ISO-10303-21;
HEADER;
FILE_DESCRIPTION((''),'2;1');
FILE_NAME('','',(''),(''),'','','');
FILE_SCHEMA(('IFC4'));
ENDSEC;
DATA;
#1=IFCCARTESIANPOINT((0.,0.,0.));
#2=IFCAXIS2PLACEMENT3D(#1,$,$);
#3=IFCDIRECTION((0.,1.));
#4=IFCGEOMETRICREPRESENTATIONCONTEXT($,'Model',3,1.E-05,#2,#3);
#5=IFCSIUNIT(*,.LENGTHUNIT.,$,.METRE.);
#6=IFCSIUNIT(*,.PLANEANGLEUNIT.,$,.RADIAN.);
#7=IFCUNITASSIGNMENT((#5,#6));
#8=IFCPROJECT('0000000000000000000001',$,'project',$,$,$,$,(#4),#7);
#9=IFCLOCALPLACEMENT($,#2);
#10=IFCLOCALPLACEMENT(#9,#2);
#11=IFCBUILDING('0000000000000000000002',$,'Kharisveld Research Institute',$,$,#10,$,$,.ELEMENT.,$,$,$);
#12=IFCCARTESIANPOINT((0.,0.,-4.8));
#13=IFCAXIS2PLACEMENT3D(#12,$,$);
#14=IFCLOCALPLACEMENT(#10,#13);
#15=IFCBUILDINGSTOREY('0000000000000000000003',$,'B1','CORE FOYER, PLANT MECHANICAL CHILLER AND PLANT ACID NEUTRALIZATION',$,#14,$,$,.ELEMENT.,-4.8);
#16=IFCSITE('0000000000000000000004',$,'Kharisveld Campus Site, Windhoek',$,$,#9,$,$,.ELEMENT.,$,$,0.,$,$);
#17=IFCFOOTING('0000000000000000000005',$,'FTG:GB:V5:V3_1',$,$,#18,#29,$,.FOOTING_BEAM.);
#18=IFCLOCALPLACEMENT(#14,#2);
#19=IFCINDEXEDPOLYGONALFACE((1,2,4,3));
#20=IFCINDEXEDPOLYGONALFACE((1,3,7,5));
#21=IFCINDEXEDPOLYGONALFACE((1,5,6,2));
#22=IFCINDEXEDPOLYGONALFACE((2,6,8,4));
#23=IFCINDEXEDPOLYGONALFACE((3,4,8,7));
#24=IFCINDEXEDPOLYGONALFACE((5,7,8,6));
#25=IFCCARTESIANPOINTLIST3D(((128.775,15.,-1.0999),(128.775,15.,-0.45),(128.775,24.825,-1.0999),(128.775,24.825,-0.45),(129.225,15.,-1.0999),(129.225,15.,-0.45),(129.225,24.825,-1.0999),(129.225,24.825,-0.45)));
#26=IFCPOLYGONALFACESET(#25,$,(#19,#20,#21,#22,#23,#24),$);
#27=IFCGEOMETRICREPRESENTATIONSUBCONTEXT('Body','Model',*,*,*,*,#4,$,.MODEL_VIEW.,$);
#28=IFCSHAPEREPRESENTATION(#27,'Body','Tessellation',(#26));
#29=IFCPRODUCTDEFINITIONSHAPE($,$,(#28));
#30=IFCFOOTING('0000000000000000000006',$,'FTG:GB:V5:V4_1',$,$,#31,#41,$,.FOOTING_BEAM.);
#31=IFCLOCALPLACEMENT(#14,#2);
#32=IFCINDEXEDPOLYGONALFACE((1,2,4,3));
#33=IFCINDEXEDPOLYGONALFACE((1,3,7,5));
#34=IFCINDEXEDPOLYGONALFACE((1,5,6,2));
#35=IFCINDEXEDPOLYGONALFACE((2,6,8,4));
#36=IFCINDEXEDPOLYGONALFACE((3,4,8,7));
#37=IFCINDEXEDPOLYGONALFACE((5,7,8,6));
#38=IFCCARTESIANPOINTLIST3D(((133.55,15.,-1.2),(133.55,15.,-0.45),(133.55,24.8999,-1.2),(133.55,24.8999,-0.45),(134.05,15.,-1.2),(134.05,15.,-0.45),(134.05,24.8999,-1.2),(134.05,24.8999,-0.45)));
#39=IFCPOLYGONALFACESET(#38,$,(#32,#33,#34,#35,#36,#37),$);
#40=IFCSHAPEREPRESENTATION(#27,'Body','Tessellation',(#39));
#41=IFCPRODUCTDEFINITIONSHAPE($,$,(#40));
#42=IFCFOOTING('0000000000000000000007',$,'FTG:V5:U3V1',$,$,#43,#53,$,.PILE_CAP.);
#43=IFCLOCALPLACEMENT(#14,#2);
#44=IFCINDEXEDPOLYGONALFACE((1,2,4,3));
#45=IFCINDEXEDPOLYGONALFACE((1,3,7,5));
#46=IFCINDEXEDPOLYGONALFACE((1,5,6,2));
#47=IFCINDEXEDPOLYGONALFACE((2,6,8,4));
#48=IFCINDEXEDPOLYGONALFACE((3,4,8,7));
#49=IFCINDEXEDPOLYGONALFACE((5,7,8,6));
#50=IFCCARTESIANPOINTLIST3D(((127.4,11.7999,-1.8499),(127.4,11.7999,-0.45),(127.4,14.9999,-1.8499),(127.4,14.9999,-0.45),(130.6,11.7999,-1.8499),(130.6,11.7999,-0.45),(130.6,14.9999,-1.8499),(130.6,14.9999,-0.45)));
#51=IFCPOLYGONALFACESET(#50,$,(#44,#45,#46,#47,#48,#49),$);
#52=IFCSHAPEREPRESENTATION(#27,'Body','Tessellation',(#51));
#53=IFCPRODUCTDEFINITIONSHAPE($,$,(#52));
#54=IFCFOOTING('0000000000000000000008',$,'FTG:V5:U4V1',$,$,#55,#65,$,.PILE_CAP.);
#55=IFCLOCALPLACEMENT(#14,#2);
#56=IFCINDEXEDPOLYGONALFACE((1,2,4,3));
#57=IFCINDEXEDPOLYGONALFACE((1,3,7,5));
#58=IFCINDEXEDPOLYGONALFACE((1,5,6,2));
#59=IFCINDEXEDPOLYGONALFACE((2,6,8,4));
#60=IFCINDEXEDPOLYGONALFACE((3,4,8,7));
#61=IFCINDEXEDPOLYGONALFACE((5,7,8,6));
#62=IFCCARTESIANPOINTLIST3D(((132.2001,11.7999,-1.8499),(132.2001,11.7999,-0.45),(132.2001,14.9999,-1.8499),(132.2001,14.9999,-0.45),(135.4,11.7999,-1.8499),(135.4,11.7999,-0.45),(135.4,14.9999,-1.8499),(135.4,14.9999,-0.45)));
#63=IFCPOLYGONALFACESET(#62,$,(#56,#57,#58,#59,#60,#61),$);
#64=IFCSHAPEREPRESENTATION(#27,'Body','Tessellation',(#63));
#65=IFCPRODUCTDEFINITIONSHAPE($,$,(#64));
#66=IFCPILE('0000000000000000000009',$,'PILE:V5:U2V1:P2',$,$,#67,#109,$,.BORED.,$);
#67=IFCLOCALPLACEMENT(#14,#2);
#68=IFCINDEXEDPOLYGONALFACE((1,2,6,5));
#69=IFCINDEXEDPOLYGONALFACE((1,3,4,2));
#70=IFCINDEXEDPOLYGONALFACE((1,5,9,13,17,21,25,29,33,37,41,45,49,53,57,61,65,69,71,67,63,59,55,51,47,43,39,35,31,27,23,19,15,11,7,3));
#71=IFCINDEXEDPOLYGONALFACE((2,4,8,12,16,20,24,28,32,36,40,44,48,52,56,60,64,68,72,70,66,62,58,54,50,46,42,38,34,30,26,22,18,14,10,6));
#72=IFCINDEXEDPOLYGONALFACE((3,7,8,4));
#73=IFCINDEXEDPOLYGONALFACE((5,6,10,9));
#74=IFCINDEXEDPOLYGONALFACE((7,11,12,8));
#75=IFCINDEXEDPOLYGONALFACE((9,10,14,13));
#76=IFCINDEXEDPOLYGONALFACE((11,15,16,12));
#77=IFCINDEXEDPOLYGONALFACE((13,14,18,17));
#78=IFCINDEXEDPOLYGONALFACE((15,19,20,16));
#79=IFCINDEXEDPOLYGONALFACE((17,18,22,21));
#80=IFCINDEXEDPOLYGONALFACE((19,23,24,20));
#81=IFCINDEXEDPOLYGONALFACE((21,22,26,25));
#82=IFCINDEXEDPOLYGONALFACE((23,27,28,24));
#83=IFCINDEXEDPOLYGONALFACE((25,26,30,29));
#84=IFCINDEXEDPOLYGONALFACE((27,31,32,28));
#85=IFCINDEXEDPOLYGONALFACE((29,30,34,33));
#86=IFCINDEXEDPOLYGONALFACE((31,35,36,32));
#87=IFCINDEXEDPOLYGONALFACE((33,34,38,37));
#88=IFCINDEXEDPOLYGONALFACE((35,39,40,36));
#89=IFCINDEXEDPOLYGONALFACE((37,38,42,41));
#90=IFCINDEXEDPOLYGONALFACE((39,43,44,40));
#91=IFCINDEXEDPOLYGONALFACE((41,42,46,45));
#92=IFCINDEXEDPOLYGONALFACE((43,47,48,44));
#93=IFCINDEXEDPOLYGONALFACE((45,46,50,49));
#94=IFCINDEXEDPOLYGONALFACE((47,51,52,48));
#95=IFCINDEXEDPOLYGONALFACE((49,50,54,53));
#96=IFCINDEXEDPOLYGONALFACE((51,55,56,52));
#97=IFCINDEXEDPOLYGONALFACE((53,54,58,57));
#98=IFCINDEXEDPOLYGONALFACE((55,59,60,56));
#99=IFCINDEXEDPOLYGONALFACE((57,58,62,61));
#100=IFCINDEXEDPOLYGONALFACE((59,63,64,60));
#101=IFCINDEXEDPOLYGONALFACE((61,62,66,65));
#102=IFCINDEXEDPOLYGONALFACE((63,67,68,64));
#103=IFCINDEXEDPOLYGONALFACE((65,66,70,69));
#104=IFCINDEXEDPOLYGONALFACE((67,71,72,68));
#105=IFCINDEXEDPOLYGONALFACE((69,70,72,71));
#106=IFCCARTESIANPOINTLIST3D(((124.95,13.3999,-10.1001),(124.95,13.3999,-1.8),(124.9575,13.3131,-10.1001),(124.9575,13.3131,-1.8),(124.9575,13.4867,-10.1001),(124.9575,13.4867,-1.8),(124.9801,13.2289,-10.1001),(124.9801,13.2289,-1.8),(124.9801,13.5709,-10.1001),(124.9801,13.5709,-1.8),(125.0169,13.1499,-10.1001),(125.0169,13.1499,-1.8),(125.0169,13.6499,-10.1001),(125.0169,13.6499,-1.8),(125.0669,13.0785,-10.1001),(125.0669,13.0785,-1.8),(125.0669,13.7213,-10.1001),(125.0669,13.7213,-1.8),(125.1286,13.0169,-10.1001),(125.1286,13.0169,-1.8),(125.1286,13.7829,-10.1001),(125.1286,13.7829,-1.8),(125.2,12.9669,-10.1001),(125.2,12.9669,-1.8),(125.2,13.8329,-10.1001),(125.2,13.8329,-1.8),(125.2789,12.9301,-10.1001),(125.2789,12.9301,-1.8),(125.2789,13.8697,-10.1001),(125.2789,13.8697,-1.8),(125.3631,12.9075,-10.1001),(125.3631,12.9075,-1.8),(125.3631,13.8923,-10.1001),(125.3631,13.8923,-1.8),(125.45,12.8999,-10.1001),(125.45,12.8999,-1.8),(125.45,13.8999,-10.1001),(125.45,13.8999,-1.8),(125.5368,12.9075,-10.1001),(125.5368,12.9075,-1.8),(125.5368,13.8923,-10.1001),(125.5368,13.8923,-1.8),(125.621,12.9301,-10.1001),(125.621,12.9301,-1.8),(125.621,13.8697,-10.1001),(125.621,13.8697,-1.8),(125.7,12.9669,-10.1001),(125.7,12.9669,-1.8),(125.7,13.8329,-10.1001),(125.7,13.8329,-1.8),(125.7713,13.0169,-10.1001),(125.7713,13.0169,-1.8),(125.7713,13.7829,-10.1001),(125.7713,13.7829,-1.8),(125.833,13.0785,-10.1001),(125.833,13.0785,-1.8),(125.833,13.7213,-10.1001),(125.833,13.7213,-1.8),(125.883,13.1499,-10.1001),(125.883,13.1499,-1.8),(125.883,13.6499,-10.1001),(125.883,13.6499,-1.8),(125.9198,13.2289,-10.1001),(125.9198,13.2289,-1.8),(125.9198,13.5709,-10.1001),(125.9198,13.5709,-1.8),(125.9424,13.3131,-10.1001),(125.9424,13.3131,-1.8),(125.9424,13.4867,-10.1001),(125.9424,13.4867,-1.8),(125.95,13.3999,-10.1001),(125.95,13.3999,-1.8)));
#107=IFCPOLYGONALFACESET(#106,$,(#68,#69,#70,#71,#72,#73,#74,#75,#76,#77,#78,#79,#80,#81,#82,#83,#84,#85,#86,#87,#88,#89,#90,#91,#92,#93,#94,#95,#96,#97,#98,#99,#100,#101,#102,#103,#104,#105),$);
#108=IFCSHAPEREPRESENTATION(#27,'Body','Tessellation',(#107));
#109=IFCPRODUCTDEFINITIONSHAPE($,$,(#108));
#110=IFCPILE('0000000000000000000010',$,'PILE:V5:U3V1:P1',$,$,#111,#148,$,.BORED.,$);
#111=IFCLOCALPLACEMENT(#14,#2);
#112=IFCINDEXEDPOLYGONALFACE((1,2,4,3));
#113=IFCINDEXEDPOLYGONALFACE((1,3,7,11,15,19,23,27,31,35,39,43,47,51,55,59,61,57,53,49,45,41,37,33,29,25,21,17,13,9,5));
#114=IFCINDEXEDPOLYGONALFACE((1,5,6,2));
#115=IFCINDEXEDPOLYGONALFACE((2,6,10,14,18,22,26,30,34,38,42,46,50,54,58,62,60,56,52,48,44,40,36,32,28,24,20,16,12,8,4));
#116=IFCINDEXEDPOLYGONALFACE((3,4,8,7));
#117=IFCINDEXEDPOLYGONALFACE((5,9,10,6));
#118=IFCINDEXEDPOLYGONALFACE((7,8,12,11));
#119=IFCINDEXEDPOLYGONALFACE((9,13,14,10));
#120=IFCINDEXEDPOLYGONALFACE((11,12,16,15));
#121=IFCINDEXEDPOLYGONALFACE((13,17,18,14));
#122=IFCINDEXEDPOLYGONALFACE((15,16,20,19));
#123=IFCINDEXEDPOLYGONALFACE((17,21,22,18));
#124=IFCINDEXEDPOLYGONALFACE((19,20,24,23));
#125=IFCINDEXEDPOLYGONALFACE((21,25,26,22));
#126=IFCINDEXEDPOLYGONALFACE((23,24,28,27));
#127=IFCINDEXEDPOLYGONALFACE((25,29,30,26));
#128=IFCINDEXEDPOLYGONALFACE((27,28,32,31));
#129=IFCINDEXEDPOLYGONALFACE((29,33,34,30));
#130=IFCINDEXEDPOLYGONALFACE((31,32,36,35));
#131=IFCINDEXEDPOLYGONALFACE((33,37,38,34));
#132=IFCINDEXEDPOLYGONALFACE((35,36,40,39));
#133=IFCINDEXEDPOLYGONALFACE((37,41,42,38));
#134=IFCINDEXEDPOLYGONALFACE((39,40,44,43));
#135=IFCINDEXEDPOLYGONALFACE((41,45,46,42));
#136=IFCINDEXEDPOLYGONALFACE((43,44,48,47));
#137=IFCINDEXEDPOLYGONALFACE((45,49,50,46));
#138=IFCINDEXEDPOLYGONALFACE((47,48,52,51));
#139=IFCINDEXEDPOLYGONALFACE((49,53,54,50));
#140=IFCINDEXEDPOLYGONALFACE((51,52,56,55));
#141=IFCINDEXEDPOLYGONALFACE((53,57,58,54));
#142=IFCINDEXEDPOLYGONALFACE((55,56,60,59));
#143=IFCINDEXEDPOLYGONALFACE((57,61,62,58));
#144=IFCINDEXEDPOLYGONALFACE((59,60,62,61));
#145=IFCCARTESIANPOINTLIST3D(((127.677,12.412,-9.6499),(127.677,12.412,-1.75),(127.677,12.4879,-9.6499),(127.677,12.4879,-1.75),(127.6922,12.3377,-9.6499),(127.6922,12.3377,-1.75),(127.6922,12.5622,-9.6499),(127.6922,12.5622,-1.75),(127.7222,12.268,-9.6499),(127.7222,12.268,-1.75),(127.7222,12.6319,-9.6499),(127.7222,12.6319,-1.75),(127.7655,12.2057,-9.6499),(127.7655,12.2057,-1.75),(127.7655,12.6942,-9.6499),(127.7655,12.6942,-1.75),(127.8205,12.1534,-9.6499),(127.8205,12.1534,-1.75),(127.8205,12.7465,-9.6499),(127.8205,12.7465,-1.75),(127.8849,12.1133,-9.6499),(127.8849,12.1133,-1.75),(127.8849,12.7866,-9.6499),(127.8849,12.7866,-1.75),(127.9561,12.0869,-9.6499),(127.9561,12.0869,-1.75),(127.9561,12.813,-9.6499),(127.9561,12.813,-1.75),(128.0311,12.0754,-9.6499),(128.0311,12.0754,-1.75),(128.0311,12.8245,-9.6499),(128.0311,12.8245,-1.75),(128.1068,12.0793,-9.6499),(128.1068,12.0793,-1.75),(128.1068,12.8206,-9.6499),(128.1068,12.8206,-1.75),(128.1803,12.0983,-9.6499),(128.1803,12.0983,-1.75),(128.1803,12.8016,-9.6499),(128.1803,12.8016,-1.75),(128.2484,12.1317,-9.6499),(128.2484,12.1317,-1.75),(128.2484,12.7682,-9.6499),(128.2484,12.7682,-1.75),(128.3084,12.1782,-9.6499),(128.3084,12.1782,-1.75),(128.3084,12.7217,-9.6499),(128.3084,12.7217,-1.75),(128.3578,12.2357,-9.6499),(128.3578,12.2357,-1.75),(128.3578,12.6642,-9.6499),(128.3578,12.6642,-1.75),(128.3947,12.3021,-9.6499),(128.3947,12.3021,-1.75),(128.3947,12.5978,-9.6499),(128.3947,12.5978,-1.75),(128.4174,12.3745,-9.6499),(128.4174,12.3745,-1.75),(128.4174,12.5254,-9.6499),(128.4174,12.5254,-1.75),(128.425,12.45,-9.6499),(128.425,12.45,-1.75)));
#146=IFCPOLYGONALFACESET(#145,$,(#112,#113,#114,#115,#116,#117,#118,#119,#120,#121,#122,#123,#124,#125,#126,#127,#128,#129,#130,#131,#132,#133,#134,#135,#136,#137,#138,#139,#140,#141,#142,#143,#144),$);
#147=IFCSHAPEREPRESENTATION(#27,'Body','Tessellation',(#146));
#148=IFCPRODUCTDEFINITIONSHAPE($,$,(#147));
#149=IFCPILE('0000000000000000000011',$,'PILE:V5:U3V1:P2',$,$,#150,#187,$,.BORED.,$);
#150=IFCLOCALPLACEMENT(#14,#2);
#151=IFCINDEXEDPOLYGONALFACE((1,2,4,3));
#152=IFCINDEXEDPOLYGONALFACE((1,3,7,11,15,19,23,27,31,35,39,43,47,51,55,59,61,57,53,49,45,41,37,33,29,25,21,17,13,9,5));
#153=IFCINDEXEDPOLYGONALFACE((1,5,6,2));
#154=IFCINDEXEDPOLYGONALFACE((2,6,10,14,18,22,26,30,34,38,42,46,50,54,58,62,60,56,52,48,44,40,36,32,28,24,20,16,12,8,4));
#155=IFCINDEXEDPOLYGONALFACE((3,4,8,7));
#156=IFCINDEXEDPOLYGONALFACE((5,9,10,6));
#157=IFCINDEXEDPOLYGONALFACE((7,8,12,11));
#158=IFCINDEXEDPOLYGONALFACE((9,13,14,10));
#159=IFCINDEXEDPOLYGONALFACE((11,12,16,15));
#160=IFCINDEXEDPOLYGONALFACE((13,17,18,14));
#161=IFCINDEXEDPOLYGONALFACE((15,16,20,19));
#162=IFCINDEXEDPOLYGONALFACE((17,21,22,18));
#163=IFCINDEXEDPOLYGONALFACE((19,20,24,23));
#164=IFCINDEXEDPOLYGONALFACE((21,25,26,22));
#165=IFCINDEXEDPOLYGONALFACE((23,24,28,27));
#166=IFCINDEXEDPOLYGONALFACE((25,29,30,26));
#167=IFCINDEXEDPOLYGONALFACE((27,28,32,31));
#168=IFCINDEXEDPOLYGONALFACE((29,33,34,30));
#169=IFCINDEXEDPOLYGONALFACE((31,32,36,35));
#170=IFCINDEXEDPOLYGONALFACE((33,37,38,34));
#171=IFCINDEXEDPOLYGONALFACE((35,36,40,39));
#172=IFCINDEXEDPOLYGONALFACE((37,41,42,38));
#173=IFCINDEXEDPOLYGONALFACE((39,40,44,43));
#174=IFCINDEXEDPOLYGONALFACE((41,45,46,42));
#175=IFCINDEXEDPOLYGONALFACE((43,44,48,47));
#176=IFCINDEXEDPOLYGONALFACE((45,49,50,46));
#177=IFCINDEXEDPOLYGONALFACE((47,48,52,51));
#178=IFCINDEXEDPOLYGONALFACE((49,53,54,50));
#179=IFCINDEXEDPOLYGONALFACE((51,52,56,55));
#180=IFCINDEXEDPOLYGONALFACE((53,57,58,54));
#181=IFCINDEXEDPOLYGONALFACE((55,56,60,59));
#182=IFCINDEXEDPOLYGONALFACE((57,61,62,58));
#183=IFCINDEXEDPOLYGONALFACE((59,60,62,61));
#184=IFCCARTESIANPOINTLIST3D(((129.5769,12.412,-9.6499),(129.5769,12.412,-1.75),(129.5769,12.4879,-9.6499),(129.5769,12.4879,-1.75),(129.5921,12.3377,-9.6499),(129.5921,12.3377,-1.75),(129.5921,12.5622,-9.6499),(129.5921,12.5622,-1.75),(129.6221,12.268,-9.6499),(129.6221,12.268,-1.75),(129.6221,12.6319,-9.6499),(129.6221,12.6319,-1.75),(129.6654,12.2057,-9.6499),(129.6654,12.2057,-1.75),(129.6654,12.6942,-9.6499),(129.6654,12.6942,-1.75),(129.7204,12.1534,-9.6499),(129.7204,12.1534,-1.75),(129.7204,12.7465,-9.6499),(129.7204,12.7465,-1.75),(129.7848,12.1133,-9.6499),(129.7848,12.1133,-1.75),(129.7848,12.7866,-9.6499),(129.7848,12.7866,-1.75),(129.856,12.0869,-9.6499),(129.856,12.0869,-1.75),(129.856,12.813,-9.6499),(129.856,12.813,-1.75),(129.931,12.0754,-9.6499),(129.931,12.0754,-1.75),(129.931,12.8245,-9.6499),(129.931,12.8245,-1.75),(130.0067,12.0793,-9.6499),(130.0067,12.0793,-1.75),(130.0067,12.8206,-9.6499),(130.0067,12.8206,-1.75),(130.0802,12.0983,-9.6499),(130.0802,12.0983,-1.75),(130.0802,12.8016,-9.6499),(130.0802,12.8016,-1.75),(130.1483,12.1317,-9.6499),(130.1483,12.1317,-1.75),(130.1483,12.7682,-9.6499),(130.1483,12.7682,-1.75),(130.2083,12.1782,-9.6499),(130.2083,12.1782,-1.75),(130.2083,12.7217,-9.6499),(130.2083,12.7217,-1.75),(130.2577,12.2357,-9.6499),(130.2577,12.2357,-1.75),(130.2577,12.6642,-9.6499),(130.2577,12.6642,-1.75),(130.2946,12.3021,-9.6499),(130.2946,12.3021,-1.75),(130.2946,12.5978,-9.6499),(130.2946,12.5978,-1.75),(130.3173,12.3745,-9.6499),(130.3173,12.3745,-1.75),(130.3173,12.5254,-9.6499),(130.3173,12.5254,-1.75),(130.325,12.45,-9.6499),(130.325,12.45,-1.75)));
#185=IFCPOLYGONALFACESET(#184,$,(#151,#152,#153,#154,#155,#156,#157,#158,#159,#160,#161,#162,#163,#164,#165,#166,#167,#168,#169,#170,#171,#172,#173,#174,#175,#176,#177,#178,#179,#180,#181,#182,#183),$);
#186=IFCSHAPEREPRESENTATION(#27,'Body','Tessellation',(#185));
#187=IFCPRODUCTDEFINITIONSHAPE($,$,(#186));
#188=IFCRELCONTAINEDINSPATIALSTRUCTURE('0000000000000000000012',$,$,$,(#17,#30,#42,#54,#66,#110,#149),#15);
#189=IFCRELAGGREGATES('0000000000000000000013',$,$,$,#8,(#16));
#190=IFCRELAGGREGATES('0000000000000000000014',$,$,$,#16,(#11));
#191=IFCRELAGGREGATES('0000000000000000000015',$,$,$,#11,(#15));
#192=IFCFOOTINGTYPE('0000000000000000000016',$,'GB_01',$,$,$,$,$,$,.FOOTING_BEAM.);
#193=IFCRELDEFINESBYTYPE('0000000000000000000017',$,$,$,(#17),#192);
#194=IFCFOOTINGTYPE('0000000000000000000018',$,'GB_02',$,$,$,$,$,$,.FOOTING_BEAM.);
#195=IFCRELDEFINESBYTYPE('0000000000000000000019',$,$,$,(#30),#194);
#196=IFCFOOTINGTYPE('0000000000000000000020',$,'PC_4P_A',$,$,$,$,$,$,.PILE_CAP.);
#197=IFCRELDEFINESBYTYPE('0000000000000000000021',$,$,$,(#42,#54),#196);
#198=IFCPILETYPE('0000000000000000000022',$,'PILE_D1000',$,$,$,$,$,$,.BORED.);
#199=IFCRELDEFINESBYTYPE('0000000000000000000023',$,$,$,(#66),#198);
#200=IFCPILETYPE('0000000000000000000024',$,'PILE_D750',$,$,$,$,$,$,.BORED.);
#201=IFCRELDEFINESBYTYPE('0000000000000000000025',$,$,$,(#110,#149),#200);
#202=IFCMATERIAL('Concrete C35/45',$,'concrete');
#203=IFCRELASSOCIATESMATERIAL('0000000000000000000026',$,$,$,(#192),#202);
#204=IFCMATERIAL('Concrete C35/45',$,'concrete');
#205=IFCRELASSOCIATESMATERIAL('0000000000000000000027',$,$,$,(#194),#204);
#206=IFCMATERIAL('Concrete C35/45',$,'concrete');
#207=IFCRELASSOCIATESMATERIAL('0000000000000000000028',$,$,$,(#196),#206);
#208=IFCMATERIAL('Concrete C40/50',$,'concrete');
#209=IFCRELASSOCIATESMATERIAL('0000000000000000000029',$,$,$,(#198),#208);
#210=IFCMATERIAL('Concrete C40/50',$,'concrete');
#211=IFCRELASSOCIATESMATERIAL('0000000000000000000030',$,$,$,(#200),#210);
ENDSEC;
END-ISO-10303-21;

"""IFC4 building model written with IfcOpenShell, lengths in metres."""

from ifc_helpers import new_model, si_unit, direction, frame, origin, origin_2d, place, context, subcontext, project, spatial, rectangle, circle, extrude, material, material_profile, profile_set, type_object, element, save


model = new_model("IFC4")

# Units and contexts
model_context = context("Model", 3, precision=1e-05, world=origin(), true_north=direction((0.0, 1.0)))
body_context = subcontext(model_context, "Body", "Model", "MODEL_VIEW")
ifc_project = project(units=[si_unit("LENGTHUNIT", "METRE"), si_unit("PLANEANGLEUNIT", "RADIAN")], contexts=[model_context])

# Site, building, storey
site_placement = place(None, origin())
site = spatial("IfcSite", under=ifc_project, at=site_placement, Name="Kharisveld Campus Site, Windhoek", CompositionType="ELEMENT", RefElevation=0.0)
building_placement = place(site_placement, origin())
building = spatial("IfcBuilding", under=site, at=building_placement, Name="Kharisveld Research Institute", CompositionType="ELEMENT")
storey_placement = place(building_placement, frame((0.0, 0.0, -4.8)))
storey = spatial("IfcBuildingStorey", under=building, at=storey_placement, Name="B1", Description="CORE FOYER, PLANT MECHANICAL CHILLER AND PLANT ACID NEUTRALIZATION", CompositionType="ELEMENT", Elevation=-4.8)

# Footings
ifc_material_1 = material(Name="Concrete C35/45", Category="concrete")
ifc_material_profile_1 = material_profile(ifc_material_1, rectangle(XDim=0.45, YDim=0.6499, at=origin_2d()))
ifc_profile_set_1 = profile_set([ifc_material_profile_1], Name="Concrete C35/45")
footing_type_1 = type_object("IfcFootingType", Name="GB_01", PredefinedType="FOOTING_BEAM", material=ifc_profile_set_1)
footing_1_placement = place(storey_placement, frame((129.0, 15.0, -0.7749), z_axis=(0.0, 1.0, 0.0), x_axis=(-1.0, 0.0, 0.0)))
element("IfcFooting", 1, at=footing_1_placement, inside=storey, type_object=footing_type_1, Name="FTG:GB:V5:V3_1", PredefinedType="FOOTING_BEAM", context=body_context, shape_type="SweptSolid", body=[
    extrude(rectangle(XDim=0.45, YDim=0.6499, at=origin_2d()), origin(), (0.0, 0.0, 1.0), 9.825),
])
ifc_material_2 = material(Name="Concrete C35/45", Category="concrete")
ifc_material_profile_2 = material_profile(ifc_material_2, rectangle(XDim=0.5, YDim=0.75, at=origin_2d()))
ifc_profile_set_2 = profile_set([ifc_material_profile_2], Name="Concrete C35/45")
footing_type_2 = type_object("IfcFootingType", Name="GB_02", PredefinedType="FOOTING_BEAM", material=ifc_profile_set_2)
footing_2_placement = place(storey_placement, frame((133.8, 15.0, -0.825), z_axis=(0.0, 1.0, 0.0), x_axis=(-1.0, 0.0, 0.0)))
element("IfcFooting", 2, at=footing_2_placement, inside=storey, type_object=footing_type_2, Name="FTG:GB:V5:V4_1", PredefinedType="FOOTING_BEAM", context=body_context, shape_type="SweptSolid", body=[
    extrude(rectangle(XDim=0.5, YDim=0.75, at=origin_2d()), origin(), (0.0, 0.0, 1.0), 9.8999),
])
ifc_material_3 = material(Name="Concrete C35/45", Category="concrete")
footing_type_3 = type_object("IfcFootingType", Name="PC_4P_A", PredefinedType="PILE_CAP", material=ifc_material_3)
for number, where, z_axis, x_axis, name in (
    (3, (129.0, 13.3999, -1.8499), (0.0, 0.0, 1.0), (1.0, 0.0, 0.0), "FTG:V5:U3V1"),
    (4, (133.8, 13.3999, -1.8499), (0.0, 0.0, 1.0), (1.0, 0.0, 0.0), "FTG:V5:U4V1"),
):
    element("IfcFooting", number, at=place(storey_placement, frame(where, z_axis=z_axis, x_axis=x_axis)), inside=storey, type_object=footing_type_3, Name=name, PredefinedType="PILE_CAP", context=body_context, shape_type="SweptSolid", body=[
        extrude(rectangle(XDim=3.2, YDim=3.2, at=origin_2d()), origin(), (0.0, 0.0, 1.0), 1.3999),
    ])

# Piles
ifc_material_4 = material(Name="Concrete C40/50", Category="concrete")
ifc_material_profile_3 = material_profile(ifc_material_4, circle(Radius=0.5, at=origin_2d()))
ifc_profile_set_3 = profile_set([ifc_material_profile_3], Name="Concrete C40/50")
pile_type_1 = type_object("IfcPileType", Name="PILE_D1000", PredefinedType="BORED", material=ifc_profile_set_3)
pile_placement = place(storey_placement, frame((125.45, 13.3999, -1.8), z_axis=(0.0, 0.0, -1.0), x_axis=(1.0, 0.0, 0.0)))
element("IfcPile", 5, at=pile_placement, inside=storey, type_object=pile_type_1, Name="PILE:V5:U2V1:P2", PredefinedType="BORED", context=body_context, shape_type="SweptSolid", body=[
    extrude(circle(Radius=0.5, at=origin_2d()), origin(), (0.0, 0.0, 1.0), 8.3),
])
ifc_material_5 = material(Name="Concrete C40/50", Category="concrete")
ifc_material_profile_4 = material_profile(ifc_material_5, circle(Radius=0.375, at=origin_2d()))
ifc_profile_set_4 = profile_set([ifc_material_profile_4], Name="Concrete C40/50")
pile_type_2 = type_object("IfcPileType", Name="PILE_D750", PredefinedType="BORED", material=ifc_profile_set_4)
for number, where, z_axis, x_axis, name in (
    (6, (128.05, 12.45, -1.75), (0.0, 0.0, -1.0), (1.0, 0.0, 0.0), "PILE:V5:U3V1:P1"),
    (7, (129.95, 12.45, -1.75), (0.0, 0.0, -1.0), (1.0, 0.0, 0.0), "PILE:V5:U3V1:P2"),
):
    element("IfcPile", number, at=place(storey_placement, frame(where, z_axis=z_axis, x_axis=x_axis)), inside=storey, type_object=pile_type_2, Name=name, PredefinedType="BORED", context=body_context, shape_type="SweptSolid", body=[
        extrude(circle(Radius=0.375, at=origin_2d()), origin(), (0.0, 0.0, 1.0), 7.8999),
    ])

save(model, "model.ifc")
